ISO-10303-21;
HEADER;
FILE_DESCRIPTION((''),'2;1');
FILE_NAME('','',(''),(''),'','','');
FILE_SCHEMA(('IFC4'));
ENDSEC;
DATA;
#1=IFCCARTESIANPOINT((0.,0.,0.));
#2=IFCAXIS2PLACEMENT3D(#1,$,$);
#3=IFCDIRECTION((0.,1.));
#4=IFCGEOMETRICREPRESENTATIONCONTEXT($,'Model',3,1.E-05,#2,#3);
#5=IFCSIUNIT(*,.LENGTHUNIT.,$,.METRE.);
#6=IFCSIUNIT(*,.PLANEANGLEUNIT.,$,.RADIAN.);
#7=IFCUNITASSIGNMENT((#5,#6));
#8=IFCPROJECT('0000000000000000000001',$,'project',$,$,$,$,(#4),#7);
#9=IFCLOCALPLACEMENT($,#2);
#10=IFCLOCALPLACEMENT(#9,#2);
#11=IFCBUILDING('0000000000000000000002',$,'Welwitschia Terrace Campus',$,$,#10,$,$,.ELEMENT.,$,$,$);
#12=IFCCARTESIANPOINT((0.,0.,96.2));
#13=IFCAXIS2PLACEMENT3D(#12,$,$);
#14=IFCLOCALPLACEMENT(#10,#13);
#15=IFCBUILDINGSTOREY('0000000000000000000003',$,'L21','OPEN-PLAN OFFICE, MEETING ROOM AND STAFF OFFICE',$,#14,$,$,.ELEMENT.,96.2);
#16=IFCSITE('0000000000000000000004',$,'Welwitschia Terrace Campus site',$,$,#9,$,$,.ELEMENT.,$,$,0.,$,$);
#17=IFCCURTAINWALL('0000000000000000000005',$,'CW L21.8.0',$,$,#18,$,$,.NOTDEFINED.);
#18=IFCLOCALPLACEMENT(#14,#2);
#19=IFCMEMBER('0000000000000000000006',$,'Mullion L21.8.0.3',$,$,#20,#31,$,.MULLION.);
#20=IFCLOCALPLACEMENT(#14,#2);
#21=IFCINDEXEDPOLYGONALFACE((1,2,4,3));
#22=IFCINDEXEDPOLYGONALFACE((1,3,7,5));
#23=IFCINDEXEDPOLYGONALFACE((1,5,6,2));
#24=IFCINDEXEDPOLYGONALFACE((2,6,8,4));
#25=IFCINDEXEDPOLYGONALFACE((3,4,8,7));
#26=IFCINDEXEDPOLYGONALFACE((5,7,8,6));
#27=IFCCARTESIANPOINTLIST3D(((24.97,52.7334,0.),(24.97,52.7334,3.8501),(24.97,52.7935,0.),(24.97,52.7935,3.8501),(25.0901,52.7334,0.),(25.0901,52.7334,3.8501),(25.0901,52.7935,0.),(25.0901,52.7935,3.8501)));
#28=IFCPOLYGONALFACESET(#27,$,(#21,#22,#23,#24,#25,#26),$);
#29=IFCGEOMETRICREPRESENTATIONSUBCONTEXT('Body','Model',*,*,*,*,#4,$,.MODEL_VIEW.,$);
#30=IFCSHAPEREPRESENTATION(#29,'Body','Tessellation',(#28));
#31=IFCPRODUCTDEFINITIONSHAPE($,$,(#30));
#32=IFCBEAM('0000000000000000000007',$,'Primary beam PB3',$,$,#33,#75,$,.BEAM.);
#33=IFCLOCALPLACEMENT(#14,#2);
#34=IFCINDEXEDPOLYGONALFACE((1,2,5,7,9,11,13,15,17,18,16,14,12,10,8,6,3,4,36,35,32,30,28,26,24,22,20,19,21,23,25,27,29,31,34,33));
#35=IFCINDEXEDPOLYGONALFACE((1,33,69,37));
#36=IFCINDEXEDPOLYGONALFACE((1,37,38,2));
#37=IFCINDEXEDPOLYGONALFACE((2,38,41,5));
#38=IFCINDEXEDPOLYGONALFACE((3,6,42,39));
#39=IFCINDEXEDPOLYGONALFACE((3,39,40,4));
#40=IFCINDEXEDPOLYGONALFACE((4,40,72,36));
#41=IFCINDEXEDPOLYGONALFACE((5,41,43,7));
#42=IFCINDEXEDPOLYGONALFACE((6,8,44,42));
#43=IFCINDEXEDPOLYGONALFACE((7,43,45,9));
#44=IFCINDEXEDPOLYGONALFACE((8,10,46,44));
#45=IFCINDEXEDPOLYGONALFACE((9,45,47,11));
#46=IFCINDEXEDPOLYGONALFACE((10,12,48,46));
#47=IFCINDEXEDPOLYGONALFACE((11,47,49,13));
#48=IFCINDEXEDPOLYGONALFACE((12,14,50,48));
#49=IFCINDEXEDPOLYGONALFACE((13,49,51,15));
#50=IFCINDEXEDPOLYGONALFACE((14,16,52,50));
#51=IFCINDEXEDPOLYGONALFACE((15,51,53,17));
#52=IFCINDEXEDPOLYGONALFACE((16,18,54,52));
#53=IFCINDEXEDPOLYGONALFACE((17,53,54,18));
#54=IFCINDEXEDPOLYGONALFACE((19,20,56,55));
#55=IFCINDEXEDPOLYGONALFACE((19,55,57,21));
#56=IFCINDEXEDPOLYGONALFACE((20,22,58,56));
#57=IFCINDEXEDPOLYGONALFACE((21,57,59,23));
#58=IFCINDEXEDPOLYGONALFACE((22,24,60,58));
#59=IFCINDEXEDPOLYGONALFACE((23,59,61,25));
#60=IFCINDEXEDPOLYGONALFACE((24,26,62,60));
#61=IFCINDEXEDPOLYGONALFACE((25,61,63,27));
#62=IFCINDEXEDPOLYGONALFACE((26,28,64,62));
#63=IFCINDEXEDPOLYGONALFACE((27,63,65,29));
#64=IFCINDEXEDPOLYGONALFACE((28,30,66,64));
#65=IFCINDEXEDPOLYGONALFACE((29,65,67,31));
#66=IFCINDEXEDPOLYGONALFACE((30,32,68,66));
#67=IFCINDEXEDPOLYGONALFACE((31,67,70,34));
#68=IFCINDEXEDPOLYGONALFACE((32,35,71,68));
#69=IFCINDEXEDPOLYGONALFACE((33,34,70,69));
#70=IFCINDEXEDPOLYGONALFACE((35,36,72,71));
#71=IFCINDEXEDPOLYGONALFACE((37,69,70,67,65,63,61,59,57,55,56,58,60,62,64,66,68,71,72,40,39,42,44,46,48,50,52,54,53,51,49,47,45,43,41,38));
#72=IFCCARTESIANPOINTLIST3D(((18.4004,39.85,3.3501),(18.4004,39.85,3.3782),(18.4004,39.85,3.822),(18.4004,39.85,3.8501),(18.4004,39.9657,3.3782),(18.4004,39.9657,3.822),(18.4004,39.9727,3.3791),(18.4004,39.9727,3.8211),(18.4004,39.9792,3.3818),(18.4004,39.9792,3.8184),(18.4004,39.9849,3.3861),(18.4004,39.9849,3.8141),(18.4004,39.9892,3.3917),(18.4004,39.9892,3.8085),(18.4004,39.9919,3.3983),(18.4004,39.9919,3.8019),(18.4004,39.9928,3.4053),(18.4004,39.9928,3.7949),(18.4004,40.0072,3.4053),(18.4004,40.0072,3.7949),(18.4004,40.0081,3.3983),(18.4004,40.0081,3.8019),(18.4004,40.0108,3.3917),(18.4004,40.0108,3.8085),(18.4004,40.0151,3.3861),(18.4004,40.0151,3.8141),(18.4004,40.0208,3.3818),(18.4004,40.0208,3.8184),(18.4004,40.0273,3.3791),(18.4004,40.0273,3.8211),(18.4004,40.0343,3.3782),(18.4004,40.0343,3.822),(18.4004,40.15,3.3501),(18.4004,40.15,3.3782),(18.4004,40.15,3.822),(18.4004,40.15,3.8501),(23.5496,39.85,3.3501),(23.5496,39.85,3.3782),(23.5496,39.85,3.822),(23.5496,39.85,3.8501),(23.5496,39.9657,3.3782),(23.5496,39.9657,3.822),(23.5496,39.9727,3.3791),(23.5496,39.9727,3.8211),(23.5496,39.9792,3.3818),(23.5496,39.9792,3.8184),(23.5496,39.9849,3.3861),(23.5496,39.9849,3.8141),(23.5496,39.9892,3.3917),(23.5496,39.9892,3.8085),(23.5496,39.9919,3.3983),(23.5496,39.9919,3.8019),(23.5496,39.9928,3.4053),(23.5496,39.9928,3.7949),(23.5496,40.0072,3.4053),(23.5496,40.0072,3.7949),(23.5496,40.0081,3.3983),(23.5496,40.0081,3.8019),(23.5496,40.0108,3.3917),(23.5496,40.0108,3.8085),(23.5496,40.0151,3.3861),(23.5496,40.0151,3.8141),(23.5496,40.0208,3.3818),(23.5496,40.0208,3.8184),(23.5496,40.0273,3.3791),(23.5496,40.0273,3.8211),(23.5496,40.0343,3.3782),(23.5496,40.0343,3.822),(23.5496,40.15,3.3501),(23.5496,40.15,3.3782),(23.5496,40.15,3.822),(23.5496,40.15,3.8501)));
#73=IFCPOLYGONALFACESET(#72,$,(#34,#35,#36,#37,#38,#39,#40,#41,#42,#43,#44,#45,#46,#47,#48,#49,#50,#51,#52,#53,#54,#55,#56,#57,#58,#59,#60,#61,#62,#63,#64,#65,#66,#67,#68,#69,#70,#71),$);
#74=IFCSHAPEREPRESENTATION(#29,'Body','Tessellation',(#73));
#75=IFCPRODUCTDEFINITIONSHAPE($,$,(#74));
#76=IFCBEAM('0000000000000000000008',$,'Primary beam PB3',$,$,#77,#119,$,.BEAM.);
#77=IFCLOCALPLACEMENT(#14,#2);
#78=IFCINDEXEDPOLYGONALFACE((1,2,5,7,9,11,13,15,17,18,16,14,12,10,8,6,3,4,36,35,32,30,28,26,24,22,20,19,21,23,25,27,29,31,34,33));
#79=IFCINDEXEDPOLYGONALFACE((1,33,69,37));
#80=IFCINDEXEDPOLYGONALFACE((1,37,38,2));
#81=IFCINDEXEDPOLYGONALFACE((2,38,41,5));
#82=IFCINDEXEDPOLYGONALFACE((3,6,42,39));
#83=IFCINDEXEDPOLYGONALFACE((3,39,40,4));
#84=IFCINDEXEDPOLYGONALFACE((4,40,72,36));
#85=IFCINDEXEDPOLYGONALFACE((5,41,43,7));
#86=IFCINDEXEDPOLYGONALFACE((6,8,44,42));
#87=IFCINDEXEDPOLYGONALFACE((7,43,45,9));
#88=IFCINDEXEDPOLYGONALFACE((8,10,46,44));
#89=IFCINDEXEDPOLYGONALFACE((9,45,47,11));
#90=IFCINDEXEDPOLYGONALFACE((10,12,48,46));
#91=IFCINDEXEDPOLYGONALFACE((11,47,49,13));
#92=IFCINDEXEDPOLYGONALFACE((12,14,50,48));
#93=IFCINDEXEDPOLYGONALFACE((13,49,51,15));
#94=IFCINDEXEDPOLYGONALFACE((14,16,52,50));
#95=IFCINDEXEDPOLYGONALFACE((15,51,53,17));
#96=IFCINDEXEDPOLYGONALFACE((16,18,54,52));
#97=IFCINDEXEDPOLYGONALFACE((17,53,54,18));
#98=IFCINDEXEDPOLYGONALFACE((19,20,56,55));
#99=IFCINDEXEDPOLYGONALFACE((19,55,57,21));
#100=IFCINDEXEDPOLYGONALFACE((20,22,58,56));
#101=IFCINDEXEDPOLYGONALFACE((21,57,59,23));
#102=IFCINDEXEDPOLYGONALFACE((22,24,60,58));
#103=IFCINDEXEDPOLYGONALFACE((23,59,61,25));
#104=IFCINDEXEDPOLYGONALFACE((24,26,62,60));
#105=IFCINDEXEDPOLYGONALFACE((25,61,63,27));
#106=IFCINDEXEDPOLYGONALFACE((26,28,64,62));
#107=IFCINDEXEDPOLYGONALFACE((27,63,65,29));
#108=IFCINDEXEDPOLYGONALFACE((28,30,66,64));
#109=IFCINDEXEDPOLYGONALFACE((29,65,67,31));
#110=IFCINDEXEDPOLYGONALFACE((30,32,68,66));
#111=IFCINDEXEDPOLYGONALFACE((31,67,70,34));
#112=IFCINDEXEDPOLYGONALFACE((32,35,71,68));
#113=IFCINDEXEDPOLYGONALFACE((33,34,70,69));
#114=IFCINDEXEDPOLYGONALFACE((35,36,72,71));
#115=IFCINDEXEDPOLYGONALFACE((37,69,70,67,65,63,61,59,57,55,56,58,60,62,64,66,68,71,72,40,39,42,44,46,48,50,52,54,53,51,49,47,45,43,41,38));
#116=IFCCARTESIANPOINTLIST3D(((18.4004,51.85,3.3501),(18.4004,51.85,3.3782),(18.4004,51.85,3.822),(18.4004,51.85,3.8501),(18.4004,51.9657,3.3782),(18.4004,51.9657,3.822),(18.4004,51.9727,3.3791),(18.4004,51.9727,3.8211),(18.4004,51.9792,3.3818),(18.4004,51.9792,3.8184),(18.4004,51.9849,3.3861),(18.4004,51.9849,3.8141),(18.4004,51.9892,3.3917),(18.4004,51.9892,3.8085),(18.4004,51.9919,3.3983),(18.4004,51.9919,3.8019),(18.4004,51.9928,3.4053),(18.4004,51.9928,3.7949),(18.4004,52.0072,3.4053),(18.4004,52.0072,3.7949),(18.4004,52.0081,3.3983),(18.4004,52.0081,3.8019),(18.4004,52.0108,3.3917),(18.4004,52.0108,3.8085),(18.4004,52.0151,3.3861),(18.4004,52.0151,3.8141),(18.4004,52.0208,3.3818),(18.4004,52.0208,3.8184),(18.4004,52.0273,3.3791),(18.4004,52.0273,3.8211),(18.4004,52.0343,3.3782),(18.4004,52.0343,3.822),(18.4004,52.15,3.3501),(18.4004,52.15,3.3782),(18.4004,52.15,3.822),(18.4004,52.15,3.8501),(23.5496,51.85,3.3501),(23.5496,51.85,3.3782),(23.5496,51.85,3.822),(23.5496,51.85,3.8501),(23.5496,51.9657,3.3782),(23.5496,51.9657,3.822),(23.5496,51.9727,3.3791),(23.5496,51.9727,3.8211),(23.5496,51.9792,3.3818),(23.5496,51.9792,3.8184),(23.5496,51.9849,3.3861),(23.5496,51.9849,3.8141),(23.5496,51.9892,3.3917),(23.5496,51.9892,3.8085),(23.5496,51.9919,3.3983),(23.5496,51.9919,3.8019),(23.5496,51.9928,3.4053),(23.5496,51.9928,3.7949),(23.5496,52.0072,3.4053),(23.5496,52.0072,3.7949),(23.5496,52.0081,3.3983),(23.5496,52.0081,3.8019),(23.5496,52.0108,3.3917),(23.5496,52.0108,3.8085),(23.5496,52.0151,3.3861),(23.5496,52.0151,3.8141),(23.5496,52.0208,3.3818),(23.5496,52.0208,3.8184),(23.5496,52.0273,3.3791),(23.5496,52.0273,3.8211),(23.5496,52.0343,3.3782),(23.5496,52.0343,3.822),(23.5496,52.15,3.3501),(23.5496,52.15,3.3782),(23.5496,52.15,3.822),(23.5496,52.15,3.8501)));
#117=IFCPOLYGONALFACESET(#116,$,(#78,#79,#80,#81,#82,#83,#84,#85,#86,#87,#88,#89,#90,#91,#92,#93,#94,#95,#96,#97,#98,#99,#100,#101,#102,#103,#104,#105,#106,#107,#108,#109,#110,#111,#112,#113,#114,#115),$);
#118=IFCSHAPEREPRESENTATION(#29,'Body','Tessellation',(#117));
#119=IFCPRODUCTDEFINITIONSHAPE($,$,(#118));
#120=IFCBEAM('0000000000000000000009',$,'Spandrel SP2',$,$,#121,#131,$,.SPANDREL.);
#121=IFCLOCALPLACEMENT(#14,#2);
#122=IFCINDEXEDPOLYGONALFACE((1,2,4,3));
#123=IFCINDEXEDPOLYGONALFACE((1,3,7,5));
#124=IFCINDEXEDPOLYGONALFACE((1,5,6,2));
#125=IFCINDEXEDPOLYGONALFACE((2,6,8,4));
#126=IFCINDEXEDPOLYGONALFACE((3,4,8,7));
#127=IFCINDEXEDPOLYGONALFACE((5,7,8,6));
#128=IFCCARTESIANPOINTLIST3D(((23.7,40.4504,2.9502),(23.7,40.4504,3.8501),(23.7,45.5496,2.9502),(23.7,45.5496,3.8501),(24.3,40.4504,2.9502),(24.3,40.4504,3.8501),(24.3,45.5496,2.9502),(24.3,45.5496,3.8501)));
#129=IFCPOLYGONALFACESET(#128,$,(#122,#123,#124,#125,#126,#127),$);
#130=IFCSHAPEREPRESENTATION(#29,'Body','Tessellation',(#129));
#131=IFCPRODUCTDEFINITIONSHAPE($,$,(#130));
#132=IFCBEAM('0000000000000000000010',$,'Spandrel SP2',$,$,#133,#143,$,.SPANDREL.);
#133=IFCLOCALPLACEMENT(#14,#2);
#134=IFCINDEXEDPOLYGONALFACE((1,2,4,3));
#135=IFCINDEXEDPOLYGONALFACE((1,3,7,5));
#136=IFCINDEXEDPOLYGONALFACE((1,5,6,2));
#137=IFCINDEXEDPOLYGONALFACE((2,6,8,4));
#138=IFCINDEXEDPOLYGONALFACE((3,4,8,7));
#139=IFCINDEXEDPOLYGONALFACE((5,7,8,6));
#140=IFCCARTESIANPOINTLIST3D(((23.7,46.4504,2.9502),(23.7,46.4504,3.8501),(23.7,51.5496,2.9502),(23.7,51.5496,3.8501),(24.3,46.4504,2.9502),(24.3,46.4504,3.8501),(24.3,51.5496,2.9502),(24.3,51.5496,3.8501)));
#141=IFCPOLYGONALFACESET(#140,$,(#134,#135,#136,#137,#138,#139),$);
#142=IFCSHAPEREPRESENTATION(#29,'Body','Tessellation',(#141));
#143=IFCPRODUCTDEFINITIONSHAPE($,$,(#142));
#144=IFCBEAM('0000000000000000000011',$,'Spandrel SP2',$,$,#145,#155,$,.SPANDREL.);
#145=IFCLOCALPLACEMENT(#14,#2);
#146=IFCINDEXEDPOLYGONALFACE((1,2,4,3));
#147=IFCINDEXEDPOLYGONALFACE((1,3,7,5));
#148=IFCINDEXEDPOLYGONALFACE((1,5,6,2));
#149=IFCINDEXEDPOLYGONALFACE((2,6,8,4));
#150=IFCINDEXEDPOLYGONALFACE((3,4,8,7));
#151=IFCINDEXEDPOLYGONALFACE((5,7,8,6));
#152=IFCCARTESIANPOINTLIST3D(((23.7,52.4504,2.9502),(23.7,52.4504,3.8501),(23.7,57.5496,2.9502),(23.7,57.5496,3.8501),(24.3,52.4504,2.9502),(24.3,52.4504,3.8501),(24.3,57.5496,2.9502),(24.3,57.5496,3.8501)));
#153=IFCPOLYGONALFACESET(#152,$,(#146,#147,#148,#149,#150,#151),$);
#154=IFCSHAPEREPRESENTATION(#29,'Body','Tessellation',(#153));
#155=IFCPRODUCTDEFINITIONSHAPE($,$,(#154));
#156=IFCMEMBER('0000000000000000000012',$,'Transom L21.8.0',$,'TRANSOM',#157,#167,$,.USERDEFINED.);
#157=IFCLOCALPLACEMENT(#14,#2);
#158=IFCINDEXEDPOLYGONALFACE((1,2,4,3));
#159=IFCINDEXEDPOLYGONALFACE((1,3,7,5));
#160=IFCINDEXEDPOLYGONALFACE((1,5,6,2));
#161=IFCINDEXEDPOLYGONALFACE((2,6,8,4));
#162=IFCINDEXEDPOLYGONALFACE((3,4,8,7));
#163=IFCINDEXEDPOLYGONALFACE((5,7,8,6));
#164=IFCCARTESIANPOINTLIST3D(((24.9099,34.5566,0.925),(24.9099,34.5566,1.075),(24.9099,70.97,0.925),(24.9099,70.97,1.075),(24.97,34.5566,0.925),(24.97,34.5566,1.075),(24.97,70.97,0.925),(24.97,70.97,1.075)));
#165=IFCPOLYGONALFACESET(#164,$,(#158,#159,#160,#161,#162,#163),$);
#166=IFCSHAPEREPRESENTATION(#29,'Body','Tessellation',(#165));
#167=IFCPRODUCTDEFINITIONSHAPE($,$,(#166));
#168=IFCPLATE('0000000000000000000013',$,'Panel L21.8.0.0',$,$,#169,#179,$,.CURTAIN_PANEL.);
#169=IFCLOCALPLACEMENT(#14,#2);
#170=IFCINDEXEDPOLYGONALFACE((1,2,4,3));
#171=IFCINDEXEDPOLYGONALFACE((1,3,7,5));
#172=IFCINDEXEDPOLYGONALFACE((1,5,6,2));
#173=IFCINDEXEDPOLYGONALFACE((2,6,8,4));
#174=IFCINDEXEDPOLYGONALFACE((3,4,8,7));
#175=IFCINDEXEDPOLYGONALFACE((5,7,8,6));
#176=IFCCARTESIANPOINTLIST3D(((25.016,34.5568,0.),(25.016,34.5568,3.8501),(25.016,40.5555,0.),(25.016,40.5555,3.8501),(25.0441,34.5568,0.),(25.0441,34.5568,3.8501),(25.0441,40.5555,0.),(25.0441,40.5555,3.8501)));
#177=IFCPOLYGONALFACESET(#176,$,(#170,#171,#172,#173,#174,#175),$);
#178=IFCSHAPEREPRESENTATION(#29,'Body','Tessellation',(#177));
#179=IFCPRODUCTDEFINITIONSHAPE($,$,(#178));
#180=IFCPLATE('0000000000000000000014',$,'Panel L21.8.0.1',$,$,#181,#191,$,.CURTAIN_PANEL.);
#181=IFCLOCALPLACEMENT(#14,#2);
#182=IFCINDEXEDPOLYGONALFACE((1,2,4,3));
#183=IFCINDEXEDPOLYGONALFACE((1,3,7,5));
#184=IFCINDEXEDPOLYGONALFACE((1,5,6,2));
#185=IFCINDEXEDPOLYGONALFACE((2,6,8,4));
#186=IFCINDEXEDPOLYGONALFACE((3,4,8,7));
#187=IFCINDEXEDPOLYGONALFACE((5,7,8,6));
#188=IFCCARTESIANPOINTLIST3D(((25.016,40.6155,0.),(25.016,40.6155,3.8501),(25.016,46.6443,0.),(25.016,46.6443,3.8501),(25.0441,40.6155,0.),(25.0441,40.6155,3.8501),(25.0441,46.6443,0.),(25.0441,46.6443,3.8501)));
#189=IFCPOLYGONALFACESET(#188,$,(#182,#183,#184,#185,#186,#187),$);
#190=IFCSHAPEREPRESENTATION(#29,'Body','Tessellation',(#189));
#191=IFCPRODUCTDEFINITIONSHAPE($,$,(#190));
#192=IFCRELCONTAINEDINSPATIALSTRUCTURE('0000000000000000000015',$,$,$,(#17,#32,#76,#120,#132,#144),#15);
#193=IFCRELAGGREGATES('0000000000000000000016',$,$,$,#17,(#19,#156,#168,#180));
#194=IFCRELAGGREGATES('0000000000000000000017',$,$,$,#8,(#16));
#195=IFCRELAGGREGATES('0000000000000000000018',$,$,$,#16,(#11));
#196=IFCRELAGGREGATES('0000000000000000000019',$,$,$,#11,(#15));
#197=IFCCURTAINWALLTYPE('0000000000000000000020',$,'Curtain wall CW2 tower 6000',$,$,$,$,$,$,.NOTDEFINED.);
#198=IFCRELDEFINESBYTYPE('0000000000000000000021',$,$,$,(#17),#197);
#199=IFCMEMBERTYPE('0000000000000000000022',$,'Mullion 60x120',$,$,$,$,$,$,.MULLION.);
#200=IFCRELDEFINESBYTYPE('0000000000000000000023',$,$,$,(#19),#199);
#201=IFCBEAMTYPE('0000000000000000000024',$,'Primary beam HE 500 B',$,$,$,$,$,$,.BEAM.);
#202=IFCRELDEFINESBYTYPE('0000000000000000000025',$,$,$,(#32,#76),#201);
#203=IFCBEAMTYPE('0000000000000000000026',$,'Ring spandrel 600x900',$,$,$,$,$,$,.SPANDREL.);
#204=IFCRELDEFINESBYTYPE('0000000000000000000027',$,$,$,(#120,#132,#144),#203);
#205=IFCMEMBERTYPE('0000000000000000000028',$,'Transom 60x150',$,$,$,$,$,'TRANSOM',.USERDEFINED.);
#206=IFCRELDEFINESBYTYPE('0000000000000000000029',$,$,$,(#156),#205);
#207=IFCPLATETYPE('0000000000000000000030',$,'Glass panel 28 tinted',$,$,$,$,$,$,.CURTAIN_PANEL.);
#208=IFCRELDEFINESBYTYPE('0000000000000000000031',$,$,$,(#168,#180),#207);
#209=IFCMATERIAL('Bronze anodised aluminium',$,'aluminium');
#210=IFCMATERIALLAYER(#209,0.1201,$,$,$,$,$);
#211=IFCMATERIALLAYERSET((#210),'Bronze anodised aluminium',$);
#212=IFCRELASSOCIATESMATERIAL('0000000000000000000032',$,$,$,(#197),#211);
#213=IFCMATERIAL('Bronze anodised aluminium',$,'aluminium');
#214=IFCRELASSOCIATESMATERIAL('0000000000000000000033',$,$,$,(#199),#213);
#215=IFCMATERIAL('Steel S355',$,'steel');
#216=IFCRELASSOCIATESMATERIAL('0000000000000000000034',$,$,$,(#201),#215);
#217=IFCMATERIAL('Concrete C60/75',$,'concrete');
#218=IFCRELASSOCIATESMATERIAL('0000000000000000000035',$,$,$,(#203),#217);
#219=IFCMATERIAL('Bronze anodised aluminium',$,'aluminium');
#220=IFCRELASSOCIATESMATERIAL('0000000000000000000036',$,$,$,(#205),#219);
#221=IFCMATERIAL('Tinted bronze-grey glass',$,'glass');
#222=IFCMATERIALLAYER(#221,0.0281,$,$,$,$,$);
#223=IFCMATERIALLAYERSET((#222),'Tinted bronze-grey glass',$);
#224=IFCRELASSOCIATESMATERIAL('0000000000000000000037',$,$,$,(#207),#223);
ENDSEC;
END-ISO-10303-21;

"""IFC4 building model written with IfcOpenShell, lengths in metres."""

from ifc_helpers import new_model, si_unit, direction, frame, origin, origin_2d, place, context, subcontext, project, spatial, rectangle, i_section, extrude, material, layer, layer_set, material_profile, profile_set, type_object, element, aggregate, save


model = new_model("IFC4")

# Units and contexts
model_context = context("Model", 3, precision=1e-05, world=origin(), true_north=direction((0.0, 1.0)))
body_context = subcontext(model_context, "Body", "Model", "MODEL_VIEW")
ifc_project = project(units=[si_unit("LENGTHUNIT", "METRE"), si_unit("PLANEANGLEUNIT", "RADIAN")], contexts=[model_context])

# Site, building, storey
site_placement = place(None, origin())
site = spatial("IfcSite", under=ifc_project, at=site_placement, Name="Welwitschia Terrace Campus site", CompositionType="ELEMENT", RefElevation=0.0)
building_placement = place(site_placement, origin())
building = spatial("IfcBuilding", under=site, at=building_placement, Name="Welwitschia Terrace Campus", CompositionType="ELEMENT")
storey_placement = place(building_placement, frame((0.0, 0.0, 96.2)))
storey = spatial("IfcBuildingStorey", under=building, at=storey_placement, Name="L21", Description="OPEN-PLAN OFFICE, MEETING ROOM AND STAFF OFFICE", CompositionType="ELEMENT", Elevation=96.2)

# Curtain wall, member
ifc_material_1 = material(Name="Bronze anodised aluminium", Category="aluminium")
ifc_layer_1 = layer(ifc_material_1, 0.1201)
ifc_layer_set_1 = layer_set([ifc_layer_1], Name="Bronze anodised aluminium")
curtain_wall_type = type_object("IfcCurtainWallType", Name="Curtain wall CW2 tower 6000", PredefinedType="NOTDEFINED", material=ifc_layer_set_1)
curtain_wall_placement = place(storey_placement, origin())
curtain_wall = element("IfcCurtainWall", 1, at=curtain_wall_placement, inside=storey, type_object=curtain_wall_type, Name="CW L21.8.0", PredefinedType="NOTDEFINED")
ifc_material_2 = material(Name="Bronze anodised aluminium", Category="aluminium")
ifc_material_profile_1 = material_profile(ifc_material_2, rectangle(XDim=0.1201, YDim=0.0601, at=origin_2d()))
ifc_profile_set_1 = profile_set([ifc_material_profile_1], Name="Bronze anodised aluminium")
member_type_1 = type_object("IfcMemberType", Name="Mullion 60x120", PredefinedType="MULLION", material=ifc_profile_set_1)
member_1_placement = place(storey_placement, frame((25.03, 52.7634, 0.0), z_axis=(0.0, 0.0, 1.0), x_axis=(-1.0, 0.0, 0.0)))
member_1 = element("IfcMember", 2, at=member_1_placement, type_object=member_type_1, Name="Mullion L21.8.0.3", PredefinedType="MULLION", context=body_context, shape_type="SweptSolid", body=[
    extrude(rectangle(XDim=0.1201, YDim=0.0601, at=origin_2d()), origin(), (0.0, 0.0, 1.0), 3.8501),
])

# Beams
ifc_material_3 = material(Name="Steel S355", Category="steel")
ifc_material_profile_2 = material_profile(ifc_material_3, i_section(OverallWidth=0.3, OverallDepth=0.5, WebThickness=0.0144, FlangeThickness=0.0281, FilletRadius=0.0271, at=origin_2d()))
ifc_profile_set_2 = profile_set([ifc_material_profile_2], Name="Steel S355")
beam_type_1 = type_object("IfcBeamType", Name="Primary beam HE 500 B", PredefinedType="BEAM", material=ifc_profile_set_2)
for number, where, z_axis, x_axis, name in (
    (3, (23.5496, 40.0, 3.6001), (-1.0, 0.0, 0.0), (0.0, -1.0, 0.0), "Primary beam PB3"),
    (4, (23.5496, 52.0, 3.6001), (-1.0, 0.0, 0.0), (0.0, -1.0, 0.0), "Primary beam PB3"),
):
    element("IfcBeam", number, at=place(storey_placement, frame(where, z_axis=z_axis, x_axis=x_axis)), inside=storey, type_object=beam_type_1, Name=name, PredefinedType="BEAM", context=body_context, shape_type="SweptSolid", body=[
        extrude(i_section(OverallWidth=0.3, OverallDepth=0.5, WebThickness=0.0144, FlangeThickness=0.0281, FilletRadius=0.0271, at=origin_2d()), origin(), (0.0, 0.0, 1.0), 5.1492),
    ])
ifc_material_4 = material(Name="Concrete C60/75", Category="concrete")
ifc_material_profile_3 = material_profile(ifc_material_4, rectangle(XDim=0.6001, YDim=0.8999, at=origin_2d()))
ifc_profile_set_3 = profile_set([ifc_material_profile_3], Name="Concrete C60/75")
beam_type_2 = type_object("IfcBeamType", Name="Ring spandrel 600x900", PredefinedType="SPANDREL", material=ifc_profile_set_3)
for number, where, z_axis, x_axis, name in (
    (5, (24.0, 40.4504, 3.4001), (0.0, 1.0, 0.0), (-1.0, 0.0, 0.0), "Spandrel SP2"),
    (6, (24.0, 46.4504, 3.4001), (0.0, 1.0, 0.0), (-1.0, 0.0, 0.0), "Spandrel SP2"),
    (7, (24.0, 52.4504, 3.4001), (0.0, 1.0, 0.0), (-1.0, 0.0, 0.0), "Spandrel SP2"),
):
    element("IfcBeam", number, at=place(storey_placement, frame(where, z_axis=z_axis, x_axis=x_axis)), inside=storey, type_object=beam_type_2, Name=name, PredefinedType="SPANDREL", context=body_context, shape_type="SweptSolid", body=[
        extrude(rectangle(XDim=0.6001, YDim=0.8999, at=origin_2d()), origin(), (0.0, 0.0, 1.0), 5.0991),
    ])

# Member
ifc_material_5 = material(Name="Bronze anodised aluminium", Category="aluminium")
ifc_material_profile_4 = material_profile(ifc_material_5, rectangle(XDim=0.0601, YDim=0.1499, at=origin_2d()))
ifc_profile_set_4 = profile_set([ifc_material_profile_4], Name="Bronze anodised aluminium")
member_type_2 = type_object("IfcMemberType", Name="Transom 60x150", ElementType="TRANSOM", PredefinedType="USERDEFINED", material=ifc_profile_set_4)
member_2_placement = place(storey_placement, frame((24.9399, 34.5566, 1.0), z_axis=(0.0, 1.0, 0.0), x_axis=(-1.0, 0.0, 0.0)))
member_2 = element("IfcMember", 8, at=member_2_placement, type_object=member_type_2, Name="Transom L21.8.0", ObjectType="TRANSOM", PredefinedType="USERDEFINED", context=body_context, shape_type="SweptSolid", body=[
    extrude(rectangle(XDim=0.0601, YDim=0.1499, at=origin_2d()), origin(), (0.0, 0.0, 1.0), 36.4133),
])

# Plates
ifc_material_6 = material(Name="Tinted bronze-grey glass", Category="glass")
ifc_layer_2 = layer(ifc_material_6, 0.0281)
ifc_layer_set_2 = layer_set([ifc_layer_2], Name="Tinted bronze-grey glass")
plate_type = type_object("IfcPlateType", Name="Glass panel 28 tinted", PredefinedType="CURTAIN_PANEL", material=ifc_layer_set_2)
plate_1_placement = place(storey_placement, frame((25.03, 37.5562, 0.0), z_axis=(0.0, 0.0, 1.0), x_axis=(0.0, 1.0, 0.0)))
plate_1 = element("IfcPlate", 9, at=plate_1_placement, type_object=plate_type, Name="Panel L21.8.0.0", PredefinedType="CURTAIN_PANEL", context=body_context, shape_type="SweptSolid", body=[
    extrude(rectangle(XDim=5.9988, YDim=0.0281, at=origin_2d()), origin(), (0.0, 0.0, 1.0), 3.8501),
])
plate_2_placement = place(storey_placement, frame((25.03, 43.6299, 0.0), z_axis=(0.0, 0.0, 1.0), x_axis=(0.0, 1.0, 0.0)))
plate_2 = element("IfcPlate", 10, at=plate_2_placement, type_object=plate_type, Name="Panel L21.8.0.1", PredefinedType="CURTAIN_PANEL", context=body_context, shape_type="SweptSolid", body=[
    extrude(rectangle(XDim=6.0288, YDim=0.0281, at=origin_2d()), origin(), (0.0, 0.0, 1.0), 3.8501),
])
aggregate(curtain_wall, [member_1, member_2, plate_1, plate_2])

save(model, "model.ifc")
